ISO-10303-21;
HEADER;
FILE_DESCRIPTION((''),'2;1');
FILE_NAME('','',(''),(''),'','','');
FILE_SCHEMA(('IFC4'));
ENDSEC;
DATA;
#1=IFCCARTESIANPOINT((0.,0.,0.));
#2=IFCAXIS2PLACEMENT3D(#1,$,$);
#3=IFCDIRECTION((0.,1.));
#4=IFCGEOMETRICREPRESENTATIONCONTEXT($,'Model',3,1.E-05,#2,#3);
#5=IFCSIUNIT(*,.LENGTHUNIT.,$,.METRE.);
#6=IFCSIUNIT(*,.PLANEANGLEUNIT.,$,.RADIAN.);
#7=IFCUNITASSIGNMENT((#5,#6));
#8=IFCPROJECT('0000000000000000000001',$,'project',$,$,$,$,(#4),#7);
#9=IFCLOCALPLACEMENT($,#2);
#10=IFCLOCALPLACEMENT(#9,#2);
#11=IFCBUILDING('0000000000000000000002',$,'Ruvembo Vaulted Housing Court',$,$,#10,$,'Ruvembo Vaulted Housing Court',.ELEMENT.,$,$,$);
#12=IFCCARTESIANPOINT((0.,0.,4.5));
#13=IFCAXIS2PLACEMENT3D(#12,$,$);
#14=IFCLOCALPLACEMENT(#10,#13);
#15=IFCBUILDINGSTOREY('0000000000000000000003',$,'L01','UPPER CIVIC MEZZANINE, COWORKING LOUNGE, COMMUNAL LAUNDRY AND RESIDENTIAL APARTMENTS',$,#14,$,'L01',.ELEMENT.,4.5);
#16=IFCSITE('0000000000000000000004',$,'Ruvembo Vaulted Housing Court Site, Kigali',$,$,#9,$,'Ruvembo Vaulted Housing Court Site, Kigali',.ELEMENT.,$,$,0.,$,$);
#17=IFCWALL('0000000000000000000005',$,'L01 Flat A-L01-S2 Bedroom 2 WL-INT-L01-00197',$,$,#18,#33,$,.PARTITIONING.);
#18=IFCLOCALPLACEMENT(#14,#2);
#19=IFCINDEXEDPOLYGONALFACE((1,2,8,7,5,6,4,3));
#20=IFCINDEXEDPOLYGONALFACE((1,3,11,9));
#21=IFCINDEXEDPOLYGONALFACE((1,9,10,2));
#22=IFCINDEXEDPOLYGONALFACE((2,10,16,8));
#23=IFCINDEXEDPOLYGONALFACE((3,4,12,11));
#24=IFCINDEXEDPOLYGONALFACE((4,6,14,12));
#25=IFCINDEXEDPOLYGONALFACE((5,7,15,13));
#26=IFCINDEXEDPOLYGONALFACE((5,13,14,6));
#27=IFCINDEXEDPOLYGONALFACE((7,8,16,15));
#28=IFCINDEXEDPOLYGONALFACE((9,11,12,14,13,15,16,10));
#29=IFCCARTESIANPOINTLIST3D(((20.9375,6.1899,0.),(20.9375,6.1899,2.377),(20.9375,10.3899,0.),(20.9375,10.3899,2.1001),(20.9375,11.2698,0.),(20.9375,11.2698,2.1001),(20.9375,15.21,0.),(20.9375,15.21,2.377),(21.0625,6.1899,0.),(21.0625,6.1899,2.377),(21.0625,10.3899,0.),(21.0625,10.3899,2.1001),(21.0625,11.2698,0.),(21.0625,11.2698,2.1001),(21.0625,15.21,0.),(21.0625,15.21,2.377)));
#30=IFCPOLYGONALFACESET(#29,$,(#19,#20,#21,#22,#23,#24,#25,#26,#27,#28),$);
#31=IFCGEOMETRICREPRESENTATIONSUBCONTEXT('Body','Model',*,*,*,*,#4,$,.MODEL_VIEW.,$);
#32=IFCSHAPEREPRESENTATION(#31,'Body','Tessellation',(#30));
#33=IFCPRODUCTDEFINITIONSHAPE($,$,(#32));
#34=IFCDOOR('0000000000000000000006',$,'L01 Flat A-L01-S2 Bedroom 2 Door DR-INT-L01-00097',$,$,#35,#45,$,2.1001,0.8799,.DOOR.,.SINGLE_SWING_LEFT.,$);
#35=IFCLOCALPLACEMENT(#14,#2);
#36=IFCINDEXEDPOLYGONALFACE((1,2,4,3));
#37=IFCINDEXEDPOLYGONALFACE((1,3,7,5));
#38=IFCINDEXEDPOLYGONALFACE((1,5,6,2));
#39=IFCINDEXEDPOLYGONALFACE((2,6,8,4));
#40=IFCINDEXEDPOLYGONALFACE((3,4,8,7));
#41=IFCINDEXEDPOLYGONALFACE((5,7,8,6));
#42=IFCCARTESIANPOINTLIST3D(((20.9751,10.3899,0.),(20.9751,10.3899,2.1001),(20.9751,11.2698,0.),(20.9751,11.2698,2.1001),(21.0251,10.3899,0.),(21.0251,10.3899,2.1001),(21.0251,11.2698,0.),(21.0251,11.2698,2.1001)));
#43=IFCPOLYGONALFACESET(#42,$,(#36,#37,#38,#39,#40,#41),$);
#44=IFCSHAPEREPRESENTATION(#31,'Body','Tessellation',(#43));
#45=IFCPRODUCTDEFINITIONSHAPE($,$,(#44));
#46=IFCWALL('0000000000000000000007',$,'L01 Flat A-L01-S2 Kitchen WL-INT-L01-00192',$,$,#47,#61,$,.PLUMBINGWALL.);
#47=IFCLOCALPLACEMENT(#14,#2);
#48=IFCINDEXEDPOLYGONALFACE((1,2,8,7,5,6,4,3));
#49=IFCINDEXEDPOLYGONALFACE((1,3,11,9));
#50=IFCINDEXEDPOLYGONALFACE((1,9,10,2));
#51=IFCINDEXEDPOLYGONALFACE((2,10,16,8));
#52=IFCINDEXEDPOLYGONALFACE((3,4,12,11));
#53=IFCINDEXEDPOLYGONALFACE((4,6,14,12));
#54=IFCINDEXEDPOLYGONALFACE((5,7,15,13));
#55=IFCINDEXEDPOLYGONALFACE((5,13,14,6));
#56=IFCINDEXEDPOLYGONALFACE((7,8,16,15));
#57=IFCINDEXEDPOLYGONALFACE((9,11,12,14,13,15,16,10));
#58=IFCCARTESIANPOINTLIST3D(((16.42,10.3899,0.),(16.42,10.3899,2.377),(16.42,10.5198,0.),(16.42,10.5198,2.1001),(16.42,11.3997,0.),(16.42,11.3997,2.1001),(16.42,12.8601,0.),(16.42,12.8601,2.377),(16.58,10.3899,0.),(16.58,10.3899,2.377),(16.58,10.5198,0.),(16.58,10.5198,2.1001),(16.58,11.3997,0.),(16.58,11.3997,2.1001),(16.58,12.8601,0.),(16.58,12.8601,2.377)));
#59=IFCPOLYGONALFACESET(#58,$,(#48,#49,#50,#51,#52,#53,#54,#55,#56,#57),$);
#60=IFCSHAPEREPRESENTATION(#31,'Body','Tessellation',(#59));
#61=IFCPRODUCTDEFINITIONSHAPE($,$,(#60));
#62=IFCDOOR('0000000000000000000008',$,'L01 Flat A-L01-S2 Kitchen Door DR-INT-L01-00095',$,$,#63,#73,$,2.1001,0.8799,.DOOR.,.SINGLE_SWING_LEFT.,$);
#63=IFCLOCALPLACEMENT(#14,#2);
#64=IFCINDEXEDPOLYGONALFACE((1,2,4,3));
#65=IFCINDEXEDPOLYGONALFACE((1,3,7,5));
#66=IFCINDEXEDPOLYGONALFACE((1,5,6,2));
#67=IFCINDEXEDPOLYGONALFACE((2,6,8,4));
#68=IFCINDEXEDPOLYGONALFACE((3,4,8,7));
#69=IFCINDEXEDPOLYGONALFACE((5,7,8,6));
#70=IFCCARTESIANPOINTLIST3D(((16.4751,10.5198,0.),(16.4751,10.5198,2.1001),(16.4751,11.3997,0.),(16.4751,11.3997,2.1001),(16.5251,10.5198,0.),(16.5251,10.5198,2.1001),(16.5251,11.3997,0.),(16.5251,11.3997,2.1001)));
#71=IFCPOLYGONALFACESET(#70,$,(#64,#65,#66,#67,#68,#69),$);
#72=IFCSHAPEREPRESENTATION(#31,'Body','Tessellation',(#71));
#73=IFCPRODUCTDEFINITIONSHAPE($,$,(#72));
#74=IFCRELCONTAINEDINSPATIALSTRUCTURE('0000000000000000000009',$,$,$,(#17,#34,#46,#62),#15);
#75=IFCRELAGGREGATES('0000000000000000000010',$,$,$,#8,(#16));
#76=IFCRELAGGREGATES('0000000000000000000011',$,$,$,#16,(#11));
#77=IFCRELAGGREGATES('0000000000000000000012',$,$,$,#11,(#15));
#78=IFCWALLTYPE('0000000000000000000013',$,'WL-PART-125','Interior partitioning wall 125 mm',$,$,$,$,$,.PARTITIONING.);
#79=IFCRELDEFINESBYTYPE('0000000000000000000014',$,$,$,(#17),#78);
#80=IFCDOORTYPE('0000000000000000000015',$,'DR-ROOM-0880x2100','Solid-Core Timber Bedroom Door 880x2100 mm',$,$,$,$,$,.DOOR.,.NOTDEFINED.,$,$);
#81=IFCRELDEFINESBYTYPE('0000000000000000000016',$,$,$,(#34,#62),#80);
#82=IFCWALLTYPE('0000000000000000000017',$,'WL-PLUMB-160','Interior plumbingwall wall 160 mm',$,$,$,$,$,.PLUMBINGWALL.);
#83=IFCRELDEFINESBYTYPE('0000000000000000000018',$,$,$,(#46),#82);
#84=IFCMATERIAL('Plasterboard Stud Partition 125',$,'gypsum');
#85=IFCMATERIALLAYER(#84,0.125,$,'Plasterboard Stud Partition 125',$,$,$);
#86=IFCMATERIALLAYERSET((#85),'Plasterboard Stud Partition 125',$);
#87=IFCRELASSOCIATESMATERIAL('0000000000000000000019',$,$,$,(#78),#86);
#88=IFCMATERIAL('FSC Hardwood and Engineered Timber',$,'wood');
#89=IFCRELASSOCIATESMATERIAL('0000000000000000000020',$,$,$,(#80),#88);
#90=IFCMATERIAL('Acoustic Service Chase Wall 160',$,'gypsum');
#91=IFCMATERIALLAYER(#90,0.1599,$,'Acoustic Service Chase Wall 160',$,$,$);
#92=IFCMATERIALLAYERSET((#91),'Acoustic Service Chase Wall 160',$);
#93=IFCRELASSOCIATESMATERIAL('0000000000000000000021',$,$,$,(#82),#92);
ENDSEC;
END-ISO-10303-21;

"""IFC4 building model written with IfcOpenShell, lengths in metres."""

from ifc_helpers import new_model, si_unit, direction, frame, frame_2d, origin, place, context, subcontext, project, spatial, rectangle, extrude, material, layer, layer_set, type_object, element, fill, save


model = new_model("IFC4")

# Units and contexts
model_context = context("Model", 3, precision=1e-05, world=origin(), true_north=direction((0.0, 1.0)))
body_context = subcontext(model_context, "Body", "Model", "MODEL_VIEW")
ifc_project = project(units=[si_unit("LENGTHUNIT", "METRE"), si_unit("PLANEANGLEUNIT", "RADIAN")], contexts=[model_context])

# Site, building, storey
site_placement = place(None, origin())
site = spatial("IfcSite", under=ifc_project, at=site_placement, Name="Ruvembo Vaulted Housing Court Site, Kigali", LongName="Ruvembo Vaulted Housing Court Site, Kigali", CompositionType="ELEMENT", RefElevation=0.0)
building_placement = place(site_placement, origin())
building = spatial("IfcBuilding", under=site, at=building_placement, Name="Ruvembo Vaulted Housing Court", LongName="Ruvembo Vaulted Housing Court", CompositionType="ELEMENT")
storey_placement = place(building_placement, frame((0.0, 0.0, 4.5)))
storey = spatial("IfcBuildingStorey", under=building, at=storey_placement, Name="L01", Description="UPPER CIVIC MEZZANINE, COWORKING LOUNGE, COMMUNAL LAUNDRY AND RESIDENTIAL APARTMENTS", LongName="L01", CompositionType="ELEMENT", Elevation=4.5)

# Walls, openings, doors
ifc_material_1 = material(Name="Plasterboard Stud Partition 125", Category="gypsum")
ifc_layer_1 = layer(ifc_material_1, 0.125, Name="Plasterboard Stud Partition 125")
ifc_layer_set_1 = layer_set([ifc_layer_1], Name="Plasterboard Stud Partition 125")
wall_type_1 = type_object("IfcWallType", Name="WL-PART-125", Description="Interior partitioning wall 125 mm", PredefinedType="PARTITIONING", material=ifc_layer_set_1)
ifc_material_2 = material(Name="FSC Hardwood and Engineered Timber", Category="wood")
wall_1_placement = place(storey_placement, frame((21.0, 6.1899, 0.0), z_axis=(0.0, 0.0, 1.0), x_axis=(0.0, 1.0, 0.0)))
wall_1 = element("IfcWall", 1, at=wall_1_placement, inside=storey, type_object=wall_type_1, Name="L01 Flat A-L01-S2 Bedroom 2 WL-INT-L01-00197", PredefinedType="PARTITIONING", context=body_context, shape_type="SweptSolid", body=[
    extrude(rectangle(XDim=9.02, YDim=0.125, at=frame_2d((4.51, 0.0))), origin(), (0.0, 0.0, 1.0), 2.377),
])
opening_1_placement = place(wall_1_placement, frame((4.2, 0.0, 0.0)))
opening_1 = element("IfcOpeningElement", 2, at=opening_1_placement, cuts=wall_1, PredefinedType="OPENING", context=body_context, shape_type="SweptSolid", body=[
    extrude(rectangle(XDim=0.8799, YDim=2.1001, at=frame_2d((0.4399, 1.05))), frame((0.0, 0.0725, 0.0), z_axis=(0.0, -1.0, 0.0), x_axis=(1.0, 0.0, 0.0)), (0.0, 0.0, 1.0), 0.145),
])
door_type_1 = type_object("IfcDoorType", Name="DR-ROOM-0880x2100", Description="Solid-Core Timber Bedroom Door 880x2100 mm", OperationType="NOTDEFINED", PredefinedType="DOOR", material=ifc_material_2)
door_1_placement = place(opening_1_placement, origin())
door_1 = element("IfcDoor", 3, at=door_1_placement, inside=storey, type_object=door_type_1, Name="L01 Flat A-L01-S2 Bedroom 2 Door DR-INT-L01-00097", OperationType="SINGLE_SWING_LEFT", OverallHeight=2.1001, OverallWidth=0.8799, PredefinedType="DOOR", context=body_context, shape_type="SweptSolid", body=[
    extrude(rectangle(XDim=0.8799, YDim=2.1001, at=frame_2d((0.4399, 1.05))), frame((0.0, 0.0249, 0.0), z_axis=(0.0, -1.0, 0.0), x_axis=(1.0, 0.0, 0.0)), (0.0, 0.0, 1.0), 0.05),
])
fill(opening_1, door_1)
ifc_material_3 = material(Name="Acoustic Service Chase Wall 160", Category="gypsum")
ifc_layer_2 = layer(ifc_material_3, 0.1599, Name="Acoustic Service Chase Wall 160")
ifc_layer_set_2 = layer_set([ifc_layer_2], Name="Acoustic Service Chase Wall 160")
wall_type_2 = type_object("IfcWallType", Name="WL-PLUMB-160", Description="Interior plumbingwall wall 160 mm", PredefinedType="PLUMBINGWALL", material=ifc_layer_set_2)
wall_2_placement = place(storey_placement, frame((16.5, 10.3899, 0.0), z_axis=(0.0, 0.0, 1.0), x_axis=(0.0, 1.0, 0.0)))
wall_2 = element("IfcWall", 4, at=wall_2_placement, inside=storey, type_object=wall_type_2, Name="L01 Flat A-L01-S2 Kitchen WL-INT-L01-00192", PredefinedType="PLUMBINGWALL", context=body_context, shape_type="SweptSolid", body=[
    extrude(rectangle(XDim=2.4702, YDim=0.1599, at=frame_2d((1.2351, 0.0))), origin(), (0.0, 0.0, 1.0), 2.377),
])
opening_2_placement = place(wall_2_placement, frame((0.1299, 0.0, 0.0)))
opening_2 = element("IfcOpeningElement", 5, at=opening_2_placement, cuts=wall_2, PredefinedType="OPENING", context=body_context, shape_type="SweptSolid", body=[
    extrude(rectangle(XDim=0.8799, YDim=2.1001, at=frame_2d((0.4399, 1.05))), frame((0.0, 0.0898, 0.0), z_axis=(0.0, -1.0, 0.0), x_axis=(1.0, 0.0, 0.0)), (0.0, 0.0, 1.0), 0.1799),
])
door_2_placement = place(opening_2_placement, origin())
door_2 = element("IfcDoor", 6, at=door_2_placement, inside=storey, type_object=door_type_1, Name="L01 Flat A-L01-S2 Kitchen Door DR-INT-L01-00095", OperationType="SINGLE_SWING_LEFT", OverallHeight=2.1001, OverallWidth=0.8799, PredefinedType="DOOR", context=body_context, shape_type="SweptSolid", body=[
    extrude(rectangle(XDim=0.8799, YDim=2.1001, at=frame_2d((0.4399, 1.05))), frame((0.0, 0.0249, 0.0), z_axis=(0.0, -1.0, 0.0), x_axis=(1.0, 0.0, 0.0)), (0.0, 0.0, 1.0), 0.05),
])
fill(opening_2, door_2)

save(model, "model.ifc")
